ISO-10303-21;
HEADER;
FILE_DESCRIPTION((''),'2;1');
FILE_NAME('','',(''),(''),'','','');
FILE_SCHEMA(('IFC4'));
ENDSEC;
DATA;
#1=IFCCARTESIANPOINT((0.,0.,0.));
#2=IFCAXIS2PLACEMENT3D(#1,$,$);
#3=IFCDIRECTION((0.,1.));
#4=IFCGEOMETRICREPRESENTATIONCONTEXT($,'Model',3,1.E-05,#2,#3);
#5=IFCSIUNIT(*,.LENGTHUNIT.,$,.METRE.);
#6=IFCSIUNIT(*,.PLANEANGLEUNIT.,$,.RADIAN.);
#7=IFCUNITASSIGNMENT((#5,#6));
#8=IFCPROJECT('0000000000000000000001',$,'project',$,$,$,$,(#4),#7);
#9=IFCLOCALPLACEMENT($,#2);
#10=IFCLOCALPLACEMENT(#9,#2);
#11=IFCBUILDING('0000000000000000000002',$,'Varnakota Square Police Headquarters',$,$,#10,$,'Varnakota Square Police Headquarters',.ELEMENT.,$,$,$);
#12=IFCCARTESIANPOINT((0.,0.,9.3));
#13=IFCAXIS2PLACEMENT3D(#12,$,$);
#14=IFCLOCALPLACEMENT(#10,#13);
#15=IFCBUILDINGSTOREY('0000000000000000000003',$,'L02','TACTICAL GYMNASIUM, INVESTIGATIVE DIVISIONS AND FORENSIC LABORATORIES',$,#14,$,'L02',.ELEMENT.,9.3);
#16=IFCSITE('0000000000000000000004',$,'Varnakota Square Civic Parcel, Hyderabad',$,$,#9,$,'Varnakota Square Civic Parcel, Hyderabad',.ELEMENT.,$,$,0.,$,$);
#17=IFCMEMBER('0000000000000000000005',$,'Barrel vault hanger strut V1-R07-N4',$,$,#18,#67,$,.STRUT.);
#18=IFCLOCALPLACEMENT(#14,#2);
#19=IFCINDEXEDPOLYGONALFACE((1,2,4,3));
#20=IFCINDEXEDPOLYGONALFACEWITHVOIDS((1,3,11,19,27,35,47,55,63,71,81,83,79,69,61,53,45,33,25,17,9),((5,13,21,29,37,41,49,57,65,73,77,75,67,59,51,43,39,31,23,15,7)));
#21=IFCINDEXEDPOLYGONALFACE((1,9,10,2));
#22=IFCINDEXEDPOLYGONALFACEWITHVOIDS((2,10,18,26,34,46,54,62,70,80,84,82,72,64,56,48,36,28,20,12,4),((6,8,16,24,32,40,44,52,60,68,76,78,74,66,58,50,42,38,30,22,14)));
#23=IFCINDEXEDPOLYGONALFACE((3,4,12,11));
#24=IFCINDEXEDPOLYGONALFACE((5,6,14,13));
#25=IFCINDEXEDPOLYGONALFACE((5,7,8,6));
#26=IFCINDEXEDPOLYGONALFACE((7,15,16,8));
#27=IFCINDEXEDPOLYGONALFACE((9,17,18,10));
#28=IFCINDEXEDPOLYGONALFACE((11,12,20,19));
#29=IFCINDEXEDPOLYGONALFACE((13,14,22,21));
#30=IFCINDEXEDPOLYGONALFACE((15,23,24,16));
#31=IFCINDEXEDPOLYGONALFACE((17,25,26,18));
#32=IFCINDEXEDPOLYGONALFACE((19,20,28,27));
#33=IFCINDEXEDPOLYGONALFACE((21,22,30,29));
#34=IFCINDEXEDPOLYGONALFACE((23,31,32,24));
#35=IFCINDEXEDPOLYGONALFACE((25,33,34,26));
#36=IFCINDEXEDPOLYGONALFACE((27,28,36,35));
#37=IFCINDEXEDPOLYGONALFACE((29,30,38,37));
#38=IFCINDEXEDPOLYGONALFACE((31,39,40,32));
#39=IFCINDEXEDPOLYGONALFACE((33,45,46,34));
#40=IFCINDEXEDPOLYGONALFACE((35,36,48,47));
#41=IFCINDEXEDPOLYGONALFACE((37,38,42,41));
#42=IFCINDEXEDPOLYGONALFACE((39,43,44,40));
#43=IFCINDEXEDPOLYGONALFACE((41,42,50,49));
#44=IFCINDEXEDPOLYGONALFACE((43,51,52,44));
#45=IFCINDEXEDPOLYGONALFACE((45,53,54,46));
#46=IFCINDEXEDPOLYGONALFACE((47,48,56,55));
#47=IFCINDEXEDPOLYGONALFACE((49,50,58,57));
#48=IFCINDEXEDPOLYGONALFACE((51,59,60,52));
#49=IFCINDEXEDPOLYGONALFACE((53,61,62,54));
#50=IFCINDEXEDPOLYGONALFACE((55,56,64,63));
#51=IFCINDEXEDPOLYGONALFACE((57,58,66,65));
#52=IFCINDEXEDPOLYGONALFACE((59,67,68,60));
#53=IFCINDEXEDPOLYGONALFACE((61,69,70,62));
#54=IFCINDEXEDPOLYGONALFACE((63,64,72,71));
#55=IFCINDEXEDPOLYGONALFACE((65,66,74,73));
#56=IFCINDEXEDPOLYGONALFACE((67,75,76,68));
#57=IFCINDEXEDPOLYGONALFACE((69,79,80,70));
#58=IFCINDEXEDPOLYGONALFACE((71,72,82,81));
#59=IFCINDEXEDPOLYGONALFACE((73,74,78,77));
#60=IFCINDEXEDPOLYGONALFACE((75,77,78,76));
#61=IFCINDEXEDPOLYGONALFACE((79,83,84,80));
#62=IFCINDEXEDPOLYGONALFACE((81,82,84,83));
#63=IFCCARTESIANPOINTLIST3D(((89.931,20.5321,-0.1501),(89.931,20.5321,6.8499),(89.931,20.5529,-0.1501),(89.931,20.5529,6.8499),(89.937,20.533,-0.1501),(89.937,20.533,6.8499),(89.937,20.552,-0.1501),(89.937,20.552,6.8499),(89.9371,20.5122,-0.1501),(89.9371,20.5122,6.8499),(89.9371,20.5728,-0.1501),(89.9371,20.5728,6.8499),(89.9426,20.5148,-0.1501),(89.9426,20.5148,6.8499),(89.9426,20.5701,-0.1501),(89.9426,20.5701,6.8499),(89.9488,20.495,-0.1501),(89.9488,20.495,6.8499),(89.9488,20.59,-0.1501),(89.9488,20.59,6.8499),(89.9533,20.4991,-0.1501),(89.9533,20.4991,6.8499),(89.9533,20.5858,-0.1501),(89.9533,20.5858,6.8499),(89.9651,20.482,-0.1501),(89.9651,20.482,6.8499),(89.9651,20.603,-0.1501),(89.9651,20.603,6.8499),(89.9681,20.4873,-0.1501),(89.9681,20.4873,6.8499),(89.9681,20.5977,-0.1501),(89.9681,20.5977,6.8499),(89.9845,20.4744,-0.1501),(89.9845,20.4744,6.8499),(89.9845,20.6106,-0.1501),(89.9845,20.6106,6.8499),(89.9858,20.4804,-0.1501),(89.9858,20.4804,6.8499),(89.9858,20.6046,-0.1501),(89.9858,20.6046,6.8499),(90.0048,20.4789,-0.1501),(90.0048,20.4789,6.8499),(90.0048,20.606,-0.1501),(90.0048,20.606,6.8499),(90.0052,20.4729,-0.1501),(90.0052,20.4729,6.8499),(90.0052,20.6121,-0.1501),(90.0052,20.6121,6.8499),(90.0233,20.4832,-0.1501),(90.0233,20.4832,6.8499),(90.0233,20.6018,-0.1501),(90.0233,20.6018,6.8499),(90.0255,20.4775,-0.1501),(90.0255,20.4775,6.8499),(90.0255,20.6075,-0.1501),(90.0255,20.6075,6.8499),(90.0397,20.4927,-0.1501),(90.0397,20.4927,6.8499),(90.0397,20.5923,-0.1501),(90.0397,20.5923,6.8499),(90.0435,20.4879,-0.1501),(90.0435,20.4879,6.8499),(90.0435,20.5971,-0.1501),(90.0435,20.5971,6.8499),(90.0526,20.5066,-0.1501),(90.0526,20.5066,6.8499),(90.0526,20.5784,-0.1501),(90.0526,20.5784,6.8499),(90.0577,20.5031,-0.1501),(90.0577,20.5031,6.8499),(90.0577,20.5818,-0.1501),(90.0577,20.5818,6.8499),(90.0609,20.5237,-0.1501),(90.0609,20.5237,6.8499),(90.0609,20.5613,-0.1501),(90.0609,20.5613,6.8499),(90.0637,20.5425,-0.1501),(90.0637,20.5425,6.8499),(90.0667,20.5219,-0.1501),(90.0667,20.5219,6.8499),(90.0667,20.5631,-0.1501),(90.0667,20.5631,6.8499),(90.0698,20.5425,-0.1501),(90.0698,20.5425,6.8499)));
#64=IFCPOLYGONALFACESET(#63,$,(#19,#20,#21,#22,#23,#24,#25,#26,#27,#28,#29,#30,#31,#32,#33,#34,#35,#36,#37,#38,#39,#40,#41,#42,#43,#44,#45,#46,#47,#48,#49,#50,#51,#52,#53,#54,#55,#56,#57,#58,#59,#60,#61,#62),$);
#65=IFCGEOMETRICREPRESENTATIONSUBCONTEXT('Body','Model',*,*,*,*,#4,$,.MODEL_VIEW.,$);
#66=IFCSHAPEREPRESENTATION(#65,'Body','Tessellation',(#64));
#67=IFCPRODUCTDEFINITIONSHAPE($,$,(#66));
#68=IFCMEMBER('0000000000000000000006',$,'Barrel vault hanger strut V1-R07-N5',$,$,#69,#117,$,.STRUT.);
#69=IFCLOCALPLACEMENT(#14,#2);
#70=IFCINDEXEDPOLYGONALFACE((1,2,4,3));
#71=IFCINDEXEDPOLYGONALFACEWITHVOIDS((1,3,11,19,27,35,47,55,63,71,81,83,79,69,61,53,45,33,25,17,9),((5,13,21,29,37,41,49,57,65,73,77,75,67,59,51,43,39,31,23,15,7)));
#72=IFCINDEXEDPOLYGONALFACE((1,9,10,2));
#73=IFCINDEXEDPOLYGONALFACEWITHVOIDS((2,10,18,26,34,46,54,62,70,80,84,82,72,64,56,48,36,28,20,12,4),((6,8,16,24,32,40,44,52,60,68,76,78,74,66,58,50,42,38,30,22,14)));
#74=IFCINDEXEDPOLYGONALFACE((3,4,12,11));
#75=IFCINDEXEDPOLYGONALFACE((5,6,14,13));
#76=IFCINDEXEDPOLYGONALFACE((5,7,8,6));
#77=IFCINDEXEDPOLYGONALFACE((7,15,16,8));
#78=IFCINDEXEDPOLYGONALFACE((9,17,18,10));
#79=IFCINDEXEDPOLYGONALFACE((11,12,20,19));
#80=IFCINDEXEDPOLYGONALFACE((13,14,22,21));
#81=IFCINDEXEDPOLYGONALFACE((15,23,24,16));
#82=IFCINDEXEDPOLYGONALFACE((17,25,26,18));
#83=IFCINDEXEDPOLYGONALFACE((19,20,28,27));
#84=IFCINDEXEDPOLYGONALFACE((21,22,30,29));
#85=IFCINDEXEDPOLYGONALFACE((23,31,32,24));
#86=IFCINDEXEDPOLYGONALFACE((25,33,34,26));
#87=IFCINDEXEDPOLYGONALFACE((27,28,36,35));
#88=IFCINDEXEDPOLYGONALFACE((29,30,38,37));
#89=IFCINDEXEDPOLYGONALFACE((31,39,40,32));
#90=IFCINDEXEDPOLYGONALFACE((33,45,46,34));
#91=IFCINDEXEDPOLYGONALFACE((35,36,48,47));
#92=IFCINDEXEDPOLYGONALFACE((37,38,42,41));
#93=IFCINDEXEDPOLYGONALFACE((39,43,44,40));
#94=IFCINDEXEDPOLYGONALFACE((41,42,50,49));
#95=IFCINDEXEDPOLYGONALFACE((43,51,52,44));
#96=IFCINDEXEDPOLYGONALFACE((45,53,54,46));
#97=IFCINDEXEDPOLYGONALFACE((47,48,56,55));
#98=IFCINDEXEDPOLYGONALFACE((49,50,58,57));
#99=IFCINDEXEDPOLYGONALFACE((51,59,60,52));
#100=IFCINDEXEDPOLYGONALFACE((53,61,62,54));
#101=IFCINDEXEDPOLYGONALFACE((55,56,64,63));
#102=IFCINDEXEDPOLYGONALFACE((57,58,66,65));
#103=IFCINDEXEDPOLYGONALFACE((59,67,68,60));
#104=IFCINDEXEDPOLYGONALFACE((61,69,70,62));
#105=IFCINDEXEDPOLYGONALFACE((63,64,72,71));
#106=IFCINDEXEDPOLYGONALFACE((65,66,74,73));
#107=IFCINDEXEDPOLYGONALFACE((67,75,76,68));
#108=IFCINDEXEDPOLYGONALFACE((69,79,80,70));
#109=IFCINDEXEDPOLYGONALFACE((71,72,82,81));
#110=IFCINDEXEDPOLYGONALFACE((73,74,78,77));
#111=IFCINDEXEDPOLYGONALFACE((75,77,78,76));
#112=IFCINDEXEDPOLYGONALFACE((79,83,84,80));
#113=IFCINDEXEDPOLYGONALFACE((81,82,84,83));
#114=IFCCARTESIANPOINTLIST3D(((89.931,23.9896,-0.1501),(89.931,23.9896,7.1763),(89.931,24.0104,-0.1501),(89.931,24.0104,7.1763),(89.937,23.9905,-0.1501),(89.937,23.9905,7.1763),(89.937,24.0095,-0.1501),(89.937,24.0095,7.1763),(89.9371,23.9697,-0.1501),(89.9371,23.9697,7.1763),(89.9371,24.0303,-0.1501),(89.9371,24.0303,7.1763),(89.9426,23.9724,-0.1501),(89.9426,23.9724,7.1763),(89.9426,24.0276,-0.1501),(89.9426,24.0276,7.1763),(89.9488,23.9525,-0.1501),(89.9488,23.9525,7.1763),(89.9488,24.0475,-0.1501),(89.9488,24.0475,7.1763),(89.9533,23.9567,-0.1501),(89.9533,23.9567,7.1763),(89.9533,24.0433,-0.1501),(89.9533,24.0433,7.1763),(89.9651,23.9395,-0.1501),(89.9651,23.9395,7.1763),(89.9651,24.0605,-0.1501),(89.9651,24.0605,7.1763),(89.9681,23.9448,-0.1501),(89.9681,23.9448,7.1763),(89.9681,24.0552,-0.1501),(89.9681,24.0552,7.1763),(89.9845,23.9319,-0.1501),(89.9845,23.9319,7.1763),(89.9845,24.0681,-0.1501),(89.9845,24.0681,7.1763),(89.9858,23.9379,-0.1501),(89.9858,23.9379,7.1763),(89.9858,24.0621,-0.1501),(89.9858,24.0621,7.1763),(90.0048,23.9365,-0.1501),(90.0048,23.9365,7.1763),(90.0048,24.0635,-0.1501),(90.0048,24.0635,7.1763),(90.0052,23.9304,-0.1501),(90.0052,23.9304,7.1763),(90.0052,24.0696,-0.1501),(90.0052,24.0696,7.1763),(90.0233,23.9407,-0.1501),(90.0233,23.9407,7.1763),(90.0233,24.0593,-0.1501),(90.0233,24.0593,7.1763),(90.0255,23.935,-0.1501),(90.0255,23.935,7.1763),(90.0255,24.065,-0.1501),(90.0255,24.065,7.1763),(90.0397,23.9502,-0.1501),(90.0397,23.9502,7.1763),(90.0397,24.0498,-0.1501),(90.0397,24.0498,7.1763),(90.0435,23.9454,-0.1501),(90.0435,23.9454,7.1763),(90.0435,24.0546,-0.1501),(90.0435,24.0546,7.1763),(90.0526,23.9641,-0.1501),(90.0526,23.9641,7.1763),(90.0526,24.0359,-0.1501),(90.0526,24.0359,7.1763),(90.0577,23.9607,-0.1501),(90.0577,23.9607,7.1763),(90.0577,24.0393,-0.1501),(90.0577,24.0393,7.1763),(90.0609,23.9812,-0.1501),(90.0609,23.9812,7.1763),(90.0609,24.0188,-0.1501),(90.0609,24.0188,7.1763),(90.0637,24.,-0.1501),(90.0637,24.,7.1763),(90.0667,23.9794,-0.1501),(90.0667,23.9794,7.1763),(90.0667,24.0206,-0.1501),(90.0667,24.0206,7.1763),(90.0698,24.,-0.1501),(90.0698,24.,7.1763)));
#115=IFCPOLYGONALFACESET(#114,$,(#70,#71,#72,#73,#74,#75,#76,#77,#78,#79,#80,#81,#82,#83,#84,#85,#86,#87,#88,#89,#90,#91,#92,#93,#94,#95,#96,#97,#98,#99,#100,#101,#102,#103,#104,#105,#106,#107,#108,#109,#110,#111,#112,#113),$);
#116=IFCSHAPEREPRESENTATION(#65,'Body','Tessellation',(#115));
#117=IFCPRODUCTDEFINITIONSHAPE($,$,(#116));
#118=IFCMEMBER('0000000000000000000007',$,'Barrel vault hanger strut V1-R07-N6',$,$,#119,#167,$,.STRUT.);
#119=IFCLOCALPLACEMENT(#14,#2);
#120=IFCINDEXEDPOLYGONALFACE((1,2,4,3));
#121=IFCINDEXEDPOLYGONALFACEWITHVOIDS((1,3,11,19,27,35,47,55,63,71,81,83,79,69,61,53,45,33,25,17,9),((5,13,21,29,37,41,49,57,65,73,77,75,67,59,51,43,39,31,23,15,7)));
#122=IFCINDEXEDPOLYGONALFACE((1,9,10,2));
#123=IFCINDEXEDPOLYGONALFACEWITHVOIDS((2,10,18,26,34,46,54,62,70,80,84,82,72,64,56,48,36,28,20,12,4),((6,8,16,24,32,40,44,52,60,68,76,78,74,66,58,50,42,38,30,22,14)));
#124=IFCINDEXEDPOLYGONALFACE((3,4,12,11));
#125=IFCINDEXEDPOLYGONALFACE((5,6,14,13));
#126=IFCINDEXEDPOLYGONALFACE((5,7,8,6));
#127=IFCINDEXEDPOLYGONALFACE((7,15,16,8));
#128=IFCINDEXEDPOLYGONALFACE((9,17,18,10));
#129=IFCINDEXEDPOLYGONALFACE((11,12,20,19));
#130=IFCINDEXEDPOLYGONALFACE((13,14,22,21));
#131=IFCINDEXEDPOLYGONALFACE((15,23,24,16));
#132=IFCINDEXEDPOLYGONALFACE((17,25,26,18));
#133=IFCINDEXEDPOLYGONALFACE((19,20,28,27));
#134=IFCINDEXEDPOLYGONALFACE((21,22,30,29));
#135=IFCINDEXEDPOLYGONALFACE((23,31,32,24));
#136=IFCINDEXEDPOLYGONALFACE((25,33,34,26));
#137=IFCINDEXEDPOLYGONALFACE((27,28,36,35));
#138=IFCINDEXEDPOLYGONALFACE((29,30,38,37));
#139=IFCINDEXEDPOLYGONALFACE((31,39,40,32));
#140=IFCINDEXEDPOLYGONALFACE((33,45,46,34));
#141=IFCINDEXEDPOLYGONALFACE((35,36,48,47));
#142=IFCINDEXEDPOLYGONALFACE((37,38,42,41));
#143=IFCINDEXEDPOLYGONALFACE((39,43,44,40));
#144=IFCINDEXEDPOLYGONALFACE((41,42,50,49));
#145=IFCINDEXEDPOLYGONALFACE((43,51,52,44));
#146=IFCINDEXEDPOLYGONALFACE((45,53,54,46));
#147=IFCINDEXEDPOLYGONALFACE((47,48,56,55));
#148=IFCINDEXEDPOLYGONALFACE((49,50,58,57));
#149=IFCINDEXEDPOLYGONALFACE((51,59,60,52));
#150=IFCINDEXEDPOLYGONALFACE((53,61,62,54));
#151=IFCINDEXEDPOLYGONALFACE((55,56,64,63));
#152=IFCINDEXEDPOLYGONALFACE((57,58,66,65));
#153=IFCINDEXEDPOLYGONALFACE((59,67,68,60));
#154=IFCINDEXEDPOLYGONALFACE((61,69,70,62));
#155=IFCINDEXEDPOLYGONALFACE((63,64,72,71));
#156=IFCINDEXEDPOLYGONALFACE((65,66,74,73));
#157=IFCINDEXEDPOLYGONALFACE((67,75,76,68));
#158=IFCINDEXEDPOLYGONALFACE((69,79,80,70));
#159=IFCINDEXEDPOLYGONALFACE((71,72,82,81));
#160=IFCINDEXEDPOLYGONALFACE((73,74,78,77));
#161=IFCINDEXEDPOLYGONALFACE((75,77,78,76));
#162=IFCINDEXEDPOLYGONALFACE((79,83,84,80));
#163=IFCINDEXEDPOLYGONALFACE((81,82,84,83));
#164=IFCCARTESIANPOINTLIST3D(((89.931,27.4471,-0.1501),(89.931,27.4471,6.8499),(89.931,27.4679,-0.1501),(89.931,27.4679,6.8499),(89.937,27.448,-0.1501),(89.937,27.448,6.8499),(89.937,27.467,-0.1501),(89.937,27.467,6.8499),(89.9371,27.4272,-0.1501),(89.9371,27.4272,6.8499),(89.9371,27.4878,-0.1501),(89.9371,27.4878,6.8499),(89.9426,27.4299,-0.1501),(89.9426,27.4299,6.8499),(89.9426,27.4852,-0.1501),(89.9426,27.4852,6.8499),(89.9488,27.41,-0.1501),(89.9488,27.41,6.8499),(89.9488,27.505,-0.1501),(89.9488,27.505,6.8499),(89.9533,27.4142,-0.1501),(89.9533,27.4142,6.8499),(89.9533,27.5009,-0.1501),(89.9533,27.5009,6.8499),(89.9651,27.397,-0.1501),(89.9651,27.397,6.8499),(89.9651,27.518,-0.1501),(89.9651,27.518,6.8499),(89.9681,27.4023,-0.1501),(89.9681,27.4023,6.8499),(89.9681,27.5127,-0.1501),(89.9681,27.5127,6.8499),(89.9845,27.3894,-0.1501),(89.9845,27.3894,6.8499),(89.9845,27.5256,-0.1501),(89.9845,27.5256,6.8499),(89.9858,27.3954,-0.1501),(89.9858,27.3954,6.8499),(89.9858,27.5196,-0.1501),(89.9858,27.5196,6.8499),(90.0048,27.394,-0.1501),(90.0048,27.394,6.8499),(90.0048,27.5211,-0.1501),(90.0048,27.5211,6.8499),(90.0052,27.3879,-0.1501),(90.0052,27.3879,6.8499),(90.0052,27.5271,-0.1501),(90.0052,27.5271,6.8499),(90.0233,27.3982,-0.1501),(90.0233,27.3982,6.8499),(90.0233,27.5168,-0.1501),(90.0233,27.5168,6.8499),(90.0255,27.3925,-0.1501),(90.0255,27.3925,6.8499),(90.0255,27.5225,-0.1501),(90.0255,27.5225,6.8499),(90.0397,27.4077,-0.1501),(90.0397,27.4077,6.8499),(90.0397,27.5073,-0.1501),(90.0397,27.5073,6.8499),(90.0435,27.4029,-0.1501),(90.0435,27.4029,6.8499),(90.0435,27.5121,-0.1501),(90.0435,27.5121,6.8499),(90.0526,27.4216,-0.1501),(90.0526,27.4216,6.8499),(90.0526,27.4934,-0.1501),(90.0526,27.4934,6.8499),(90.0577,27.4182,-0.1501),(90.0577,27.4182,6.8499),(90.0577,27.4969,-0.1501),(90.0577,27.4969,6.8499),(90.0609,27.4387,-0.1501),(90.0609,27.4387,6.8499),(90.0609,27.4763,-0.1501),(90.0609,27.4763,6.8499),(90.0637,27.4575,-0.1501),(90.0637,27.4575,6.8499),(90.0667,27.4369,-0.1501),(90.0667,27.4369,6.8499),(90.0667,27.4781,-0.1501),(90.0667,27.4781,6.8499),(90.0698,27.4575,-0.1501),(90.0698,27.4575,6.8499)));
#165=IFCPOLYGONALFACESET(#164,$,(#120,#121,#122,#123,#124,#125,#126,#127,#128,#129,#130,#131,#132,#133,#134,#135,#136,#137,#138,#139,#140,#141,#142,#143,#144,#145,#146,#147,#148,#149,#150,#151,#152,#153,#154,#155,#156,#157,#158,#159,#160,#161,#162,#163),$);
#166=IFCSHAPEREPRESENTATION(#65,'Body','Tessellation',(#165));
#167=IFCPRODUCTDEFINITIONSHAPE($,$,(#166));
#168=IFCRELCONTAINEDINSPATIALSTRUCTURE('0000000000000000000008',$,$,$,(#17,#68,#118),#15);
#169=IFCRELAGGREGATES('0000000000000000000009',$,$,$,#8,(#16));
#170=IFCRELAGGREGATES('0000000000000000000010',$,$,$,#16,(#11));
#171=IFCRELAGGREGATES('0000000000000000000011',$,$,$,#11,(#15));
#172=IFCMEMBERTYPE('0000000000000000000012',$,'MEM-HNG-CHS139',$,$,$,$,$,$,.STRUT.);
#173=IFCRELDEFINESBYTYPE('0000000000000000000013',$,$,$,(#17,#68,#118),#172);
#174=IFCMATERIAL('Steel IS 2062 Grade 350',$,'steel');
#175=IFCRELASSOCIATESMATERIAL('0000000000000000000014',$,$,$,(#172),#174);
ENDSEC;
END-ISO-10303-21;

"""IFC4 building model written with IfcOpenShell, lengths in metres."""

from ifc_helpers import new_model, si_unit, direction, frame, origin, origin_2d, place, context, subcontext, project, spatial, hollow_circle, extrude, material, material_profile, profile_set, type_object, element, save


model = new_model("IFC4")

# Units and contexts
model_context = context("Model", 3, precision=1e-05, world=origin(), true_north=direction((0.0, 1.0)))
body_context = subcontext(model_context, "Body", "Model", "MODEL_VIEW")
ifc_project = project(units=[si_unit("LENGTHUNIT", "METRE"), si_unit("PLANEANGLEUNIT", "RADIAN")], contexts=[model_context])

# Site, building, storey
site_placement = place(None, origin())
site = spatial("IfcSite", under=ifc_project, at=site_placement, Name="Varnakota Square Civic Parcel, Hyderabad", LongName="Varnakota Square Civic Parcel, Hyderabad", CompositionType="ELEMENT", RefElevation=0.0)
building_placement = place(site_placement, origin())
building = spatial("IfcBuilding", under=site, at=building_placement, Name="Varnakota Square Police Headquarters", LongName="Varnakota Square Police Headquarters", CompositionType="ELEMENT")
storey_placement = place(building_placement, frame((0.0, 0.0, 9.3)))
storey = spatial("IfcBuildingStorey", under=building, at=storey_placement, Name="L02", Description="TACTICAL GYMNASIUM, INVESTIGATIVE DIVISIONS AND FORENSIC LABORATORIES", LongName="L02", CompositionType="ELEMENT", Elevation=9.3)

# Shared definitions
ifc_material_1 = material(Name="Steel IS 2062 Grade 350", Category="steel")

# Members
ifc_material_profile_1 = material_profile(ifc_material_1, hollow_circle(Radius=0.0698, WallThickness=0.0061, at=origin_2d()), Name="CHS 139.7x6.0")
ifc_profile_set_1 = profile_set([ifc_material_profile_1], Name="Steel IS 2062 Grade 350")
member_type_1 = type_object("IfcMemberType", Name="MEM-HNG-CHS139", PredefinedType="STRUT", material=ifc_profile_set_1)
member_1_placement = place(storey_placement, frame((90.0, 20.5425, -0.1501), z_axis=(0.0, 0.0, 1.0), x_axis=(1.0, 0.0, 0.0)))
element("IfcMember", 1, at=member_1_placement, inside=storey, type_object=member_type_1, Name="Barrel vault hanger strut V1-R07-N4", PredefinedType="STRUT", context=body_context, shape_type="SweptSolid", body=[
    extrude(hollow_circle(Radius=0.0698, WallThickness=0.0061, at=origin_2d()), origin(), (0.0, 0.0, 1.0), 7.0),
])
member_2_placement = place(storey_placement, frame((90.0, 24.0, -0.1501), z_axis=(0.0, 0.0, 1.0), x_axis=(1.0, 0.0, 0.0)))
element("IfcMember", 2, at=member_2_placement, inside=storey, type_object=member_type_1, Name="Barrel vault hanger strut V1-R07-N5", PredefinedType="STRUT", context=body_context, shape_type="SweptSolid", body=[
    extrude(hollow_circle(Radius=0.0698, WallThickness=0.0061, at=origin_2d()), origin(), (0.0, 0.0, 1.0), 7.3264),
])
member_3_placement = place(storey_placement, frame((90.0, 27.4575, -0.1501), z_axis=(0.0, 0.0, 1.0), x_axis=(1.0, 0.0, 0.0)))
element("IfcMember", 3, at=member_3_placement, inside=storey, type_object=member_type_1, Name="Barrel vault hanger strut V1-R07-N6", PredefinedType="STRUT", context=body_context, shape_type="SweptSolid", body=[
    extrude(hollow_circle(Radius=0.0698, WallThickness=0.0061, at=origin_2d()), origin(), (0.0, 0.0, 1.0), 7.0),
])

save(model, "model.ifc")
